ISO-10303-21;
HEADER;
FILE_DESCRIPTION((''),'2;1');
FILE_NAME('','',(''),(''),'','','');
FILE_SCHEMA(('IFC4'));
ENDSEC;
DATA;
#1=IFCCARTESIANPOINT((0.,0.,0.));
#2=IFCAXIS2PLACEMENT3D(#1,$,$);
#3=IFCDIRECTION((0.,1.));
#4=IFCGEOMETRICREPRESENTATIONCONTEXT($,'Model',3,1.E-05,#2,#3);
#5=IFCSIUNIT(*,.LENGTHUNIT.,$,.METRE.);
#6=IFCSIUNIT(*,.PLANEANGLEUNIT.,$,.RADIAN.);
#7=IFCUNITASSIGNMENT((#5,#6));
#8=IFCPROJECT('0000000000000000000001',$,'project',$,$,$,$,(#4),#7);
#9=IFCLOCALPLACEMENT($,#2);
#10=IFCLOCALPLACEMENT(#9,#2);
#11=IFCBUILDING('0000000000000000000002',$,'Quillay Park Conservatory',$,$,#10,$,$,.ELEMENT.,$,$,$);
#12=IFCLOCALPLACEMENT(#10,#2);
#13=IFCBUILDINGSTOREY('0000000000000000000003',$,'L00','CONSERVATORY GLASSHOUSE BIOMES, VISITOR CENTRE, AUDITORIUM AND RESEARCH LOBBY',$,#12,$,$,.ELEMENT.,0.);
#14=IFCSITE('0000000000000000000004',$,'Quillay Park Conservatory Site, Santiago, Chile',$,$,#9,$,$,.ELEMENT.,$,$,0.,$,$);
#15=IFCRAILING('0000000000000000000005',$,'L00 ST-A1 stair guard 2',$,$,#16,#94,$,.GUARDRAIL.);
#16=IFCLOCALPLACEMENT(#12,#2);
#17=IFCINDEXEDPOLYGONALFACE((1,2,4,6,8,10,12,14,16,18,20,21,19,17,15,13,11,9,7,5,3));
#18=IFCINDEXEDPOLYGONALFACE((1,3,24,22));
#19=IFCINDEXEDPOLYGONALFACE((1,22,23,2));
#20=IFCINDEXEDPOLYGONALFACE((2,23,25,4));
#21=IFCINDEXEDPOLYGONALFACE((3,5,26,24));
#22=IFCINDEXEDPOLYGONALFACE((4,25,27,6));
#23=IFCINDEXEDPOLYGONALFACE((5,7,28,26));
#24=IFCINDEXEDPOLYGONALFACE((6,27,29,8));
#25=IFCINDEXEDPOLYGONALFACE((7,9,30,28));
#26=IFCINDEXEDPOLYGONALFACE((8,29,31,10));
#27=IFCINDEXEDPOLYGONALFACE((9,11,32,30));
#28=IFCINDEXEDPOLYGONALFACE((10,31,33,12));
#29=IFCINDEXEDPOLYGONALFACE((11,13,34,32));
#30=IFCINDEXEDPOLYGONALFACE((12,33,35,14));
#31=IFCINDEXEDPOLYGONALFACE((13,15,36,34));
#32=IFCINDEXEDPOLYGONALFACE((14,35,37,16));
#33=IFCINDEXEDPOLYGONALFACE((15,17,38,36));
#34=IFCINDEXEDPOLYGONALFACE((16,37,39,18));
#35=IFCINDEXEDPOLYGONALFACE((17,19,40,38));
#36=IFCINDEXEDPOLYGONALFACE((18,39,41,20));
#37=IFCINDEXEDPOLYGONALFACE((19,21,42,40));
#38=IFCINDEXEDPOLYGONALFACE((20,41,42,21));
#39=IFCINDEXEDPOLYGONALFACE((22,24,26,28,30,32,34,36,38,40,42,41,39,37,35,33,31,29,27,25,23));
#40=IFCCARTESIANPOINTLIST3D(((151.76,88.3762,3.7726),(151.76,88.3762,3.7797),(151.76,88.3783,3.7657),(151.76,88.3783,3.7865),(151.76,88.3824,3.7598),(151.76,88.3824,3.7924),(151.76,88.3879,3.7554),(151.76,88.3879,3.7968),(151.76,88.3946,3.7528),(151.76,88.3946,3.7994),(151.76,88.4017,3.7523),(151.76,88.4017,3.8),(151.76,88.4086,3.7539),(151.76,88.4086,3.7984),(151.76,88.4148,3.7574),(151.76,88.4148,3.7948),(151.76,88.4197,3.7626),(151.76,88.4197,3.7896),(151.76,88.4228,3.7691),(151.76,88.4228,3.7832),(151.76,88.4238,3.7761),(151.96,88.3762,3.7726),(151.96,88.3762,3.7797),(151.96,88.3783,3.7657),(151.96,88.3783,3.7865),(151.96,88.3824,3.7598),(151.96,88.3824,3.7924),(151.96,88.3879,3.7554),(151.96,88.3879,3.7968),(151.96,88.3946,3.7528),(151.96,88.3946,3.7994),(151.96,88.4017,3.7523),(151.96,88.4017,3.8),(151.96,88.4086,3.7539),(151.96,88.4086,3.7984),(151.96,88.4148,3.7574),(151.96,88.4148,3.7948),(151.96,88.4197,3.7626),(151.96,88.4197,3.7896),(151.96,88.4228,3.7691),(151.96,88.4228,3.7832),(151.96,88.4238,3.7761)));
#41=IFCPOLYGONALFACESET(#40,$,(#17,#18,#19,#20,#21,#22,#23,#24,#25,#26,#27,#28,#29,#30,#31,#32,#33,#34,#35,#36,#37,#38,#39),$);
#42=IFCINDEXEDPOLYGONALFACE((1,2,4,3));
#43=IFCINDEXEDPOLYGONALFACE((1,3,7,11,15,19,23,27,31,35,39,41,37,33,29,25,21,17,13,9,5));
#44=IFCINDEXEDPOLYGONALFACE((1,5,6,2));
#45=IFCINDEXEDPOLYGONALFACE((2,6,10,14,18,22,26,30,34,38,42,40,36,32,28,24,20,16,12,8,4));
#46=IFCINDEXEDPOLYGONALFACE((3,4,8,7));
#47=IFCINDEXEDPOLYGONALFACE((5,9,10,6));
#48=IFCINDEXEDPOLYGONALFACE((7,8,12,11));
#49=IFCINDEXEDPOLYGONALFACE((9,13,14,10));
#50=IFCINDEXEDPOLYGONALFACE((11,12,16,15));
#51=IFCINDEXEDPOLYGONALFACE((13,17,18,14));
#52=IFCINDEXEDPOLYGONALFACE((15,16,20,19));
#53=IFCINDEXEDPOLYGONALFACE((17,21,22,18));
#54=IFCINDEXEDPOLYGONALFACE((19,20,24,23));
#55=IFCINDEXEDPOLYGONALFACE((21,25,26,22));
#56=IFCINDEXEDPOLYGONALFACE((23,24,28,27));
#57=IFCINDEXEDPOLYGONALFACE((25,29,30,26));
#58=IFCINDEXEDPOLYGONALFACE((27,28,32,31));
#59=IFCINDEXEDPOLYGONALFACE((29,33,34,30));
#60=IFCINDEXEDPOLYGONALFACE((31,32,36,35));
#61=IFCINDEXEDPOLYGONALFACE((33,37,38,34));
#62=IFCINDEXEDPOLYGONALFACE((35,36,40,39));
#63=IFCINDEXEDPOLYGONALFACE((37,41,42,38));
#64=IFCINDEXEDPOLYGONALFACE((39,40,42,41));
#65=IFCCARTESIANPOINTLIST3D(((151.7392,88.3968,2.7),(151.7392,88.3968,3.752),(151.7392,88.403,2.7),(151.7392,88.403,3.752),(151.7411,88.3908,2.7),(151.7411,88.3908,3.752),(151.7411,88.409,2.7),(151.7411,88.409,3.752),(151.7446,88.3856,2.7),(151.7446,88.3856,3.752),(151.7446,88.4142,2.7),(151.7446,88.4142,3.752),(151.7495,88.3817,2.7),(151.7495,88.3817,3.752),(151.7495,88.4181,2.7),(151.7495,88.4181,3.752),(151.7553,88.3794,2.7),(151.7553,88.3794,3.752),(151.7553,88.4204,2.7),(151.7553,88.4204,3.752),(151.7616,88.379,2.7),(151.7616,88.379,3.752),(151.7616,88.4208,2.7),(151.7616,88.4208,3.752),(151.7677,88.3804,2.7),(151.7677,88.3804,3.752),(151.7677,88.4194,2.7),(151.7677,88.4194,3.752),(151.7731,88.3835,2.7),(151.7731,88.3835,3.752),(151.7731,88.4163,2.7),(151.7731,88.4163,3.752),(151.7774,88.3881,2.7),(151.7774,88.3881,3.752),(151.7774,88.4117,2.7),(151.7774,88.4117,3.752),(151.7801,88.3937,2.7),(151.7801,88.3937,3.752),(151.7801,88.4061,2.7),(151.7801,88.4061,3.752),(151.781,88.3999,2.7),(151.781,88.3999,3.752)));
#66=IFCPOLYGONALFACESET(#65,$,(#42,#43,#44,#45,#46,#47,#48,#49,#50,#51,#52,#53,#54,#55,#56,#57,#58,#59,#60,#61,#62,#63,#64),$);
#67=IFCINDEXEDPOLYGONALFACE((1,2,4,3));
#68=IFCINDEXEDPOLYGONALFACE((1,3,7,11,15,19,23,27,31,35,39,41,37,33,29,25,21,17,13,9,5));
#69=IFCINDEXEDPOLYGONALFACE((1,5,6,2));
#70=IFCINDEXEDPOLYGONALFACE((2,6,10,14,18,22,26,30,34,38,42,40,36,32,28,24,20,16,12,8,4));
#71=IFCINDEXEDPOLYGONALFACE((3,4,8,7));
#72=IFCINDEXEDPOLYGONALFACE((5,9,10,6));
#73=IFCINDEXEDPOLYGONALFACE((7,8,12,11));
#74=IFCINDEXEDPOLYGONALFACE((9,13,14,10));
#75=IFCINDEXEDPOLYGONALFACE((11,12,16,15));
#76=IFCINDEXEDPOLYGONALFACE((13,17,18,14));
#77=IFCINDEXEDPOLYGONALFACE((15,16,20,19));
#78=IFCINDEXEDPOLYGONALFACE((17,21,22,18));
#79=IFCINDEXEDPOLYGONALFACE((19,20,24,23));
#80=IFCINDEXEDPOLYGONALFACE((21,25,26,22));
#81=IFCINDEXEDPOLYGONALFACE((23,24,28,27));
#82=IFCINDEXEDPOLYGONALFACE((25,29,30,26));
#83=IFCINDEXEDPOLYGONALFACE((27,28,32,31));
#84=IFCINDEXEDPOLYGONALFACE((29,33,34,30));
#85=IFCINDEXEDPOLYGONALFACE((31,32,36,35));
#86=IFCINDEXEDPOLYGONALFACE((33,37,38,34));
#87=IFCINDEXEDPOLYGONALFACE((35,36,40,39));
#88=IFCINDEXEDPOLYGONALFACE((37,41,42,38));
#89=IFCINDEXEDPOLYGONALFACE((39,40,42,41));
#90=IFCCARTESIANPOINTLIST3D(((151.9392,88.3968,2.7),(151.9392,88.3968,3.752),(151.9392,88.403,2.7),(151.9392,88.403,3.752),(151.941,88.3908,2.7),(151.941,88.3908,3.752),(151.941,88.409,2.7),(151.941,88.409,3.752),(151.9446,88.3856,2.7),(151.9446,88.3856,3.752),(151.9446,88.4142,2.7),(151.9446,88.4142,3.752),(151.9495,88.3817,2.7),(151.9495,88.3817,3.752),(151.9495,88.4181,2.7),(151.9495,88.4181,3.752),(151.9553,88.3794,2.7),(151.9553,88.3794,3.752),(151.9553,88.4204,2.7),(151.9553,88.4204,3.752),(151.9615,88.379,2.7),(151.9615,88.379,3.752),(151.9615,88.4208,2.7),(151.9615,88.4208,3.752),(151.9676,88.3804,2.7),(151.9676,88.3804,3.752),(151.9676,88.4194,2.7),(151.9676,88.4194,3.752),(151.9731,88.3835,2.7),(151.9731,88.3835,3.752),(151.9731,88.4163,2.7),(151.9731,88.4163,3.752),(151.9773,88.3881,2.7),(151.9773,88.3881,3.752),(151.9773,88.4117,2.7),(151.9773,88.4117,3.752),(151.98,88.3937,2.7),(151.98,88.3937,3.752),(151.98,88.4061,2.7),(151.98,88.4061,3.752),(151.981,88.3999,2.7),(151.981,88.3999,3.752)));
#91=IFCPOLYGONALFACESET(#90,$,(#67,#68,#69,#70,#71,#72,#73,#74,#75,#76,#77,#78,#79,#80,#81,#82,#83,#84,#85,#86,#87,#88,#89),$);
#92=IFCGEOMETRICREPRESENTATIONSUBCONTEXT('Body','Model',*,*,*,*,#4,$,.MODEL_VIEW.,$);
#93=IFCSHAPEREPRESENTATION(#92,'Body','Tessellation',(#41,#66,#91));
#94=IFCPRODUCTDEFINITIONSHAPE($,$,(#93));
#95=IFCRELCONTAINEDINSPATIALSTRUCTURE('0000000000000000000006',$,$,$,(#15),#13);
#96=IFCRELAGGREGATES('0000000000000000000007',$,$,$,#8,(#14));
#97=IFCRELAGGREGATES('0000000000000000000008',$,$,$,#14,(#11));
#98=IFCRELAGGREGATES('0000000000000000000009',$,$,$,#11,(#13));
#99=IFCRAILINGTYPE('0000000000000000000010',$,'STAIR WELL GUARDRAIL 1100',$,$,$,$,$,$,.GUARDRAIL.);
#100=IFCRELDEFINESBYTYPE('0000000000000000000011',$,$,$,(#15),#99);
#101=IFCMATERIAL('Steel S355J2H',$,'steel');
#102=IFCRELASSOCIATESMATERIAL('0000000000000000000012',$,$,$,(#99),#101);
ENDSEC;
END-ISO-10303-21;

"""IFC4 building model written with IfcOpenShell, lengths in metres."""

from ifc_helpers import new_model, si_unit, direction, frame, origin, origin_2d, place, context, subcontext, project, spatial, circle, extrude, material, type_object, element, save


model = new_model("IFC4")

# Units and contexts
model_context = context("Model", 3, precision=1e-05, world=origin(), true_north=direction((0.0, 1.0)))
body_context = subcontext(model_context, "Body", "Model", "MODEL_VIEW")
ifc_project = project(units=[si_unit("LENGTHUNIT", "METRE"), si_unit("PLANEANGLEUNIT", "RADIAN")], contexts=[model_context])

# Site, building, storey
site_placement = place(None, origin())
site = spatial("IfcSite", under=ifc_project, at=site_placement, Name="Quillay Park Conservatory Site, Santiago, Chile", CompositionType="ELEMENT", RefElevation=0.0)
building_placement = place(site_placement, origin())
building = spatial("IfcBuilding", under=site, at=building_placement, Name="Quillay Park Conservatory", CompositionType="ELEMENT")
storey_placement = place(building_placement, origin())
storey = spatial("IfcBuildingStorey", under=building, at=storey_placement, Name="L00", Description="CONSERVATORY GLASSHOUSE BIOMES, VISITOR CENTRE, AUDITORIUM AND RESEARCH LOBBY", CompositionType="ELEMENT", Elevation=0.0)

# Railing
ifc_material_1 = material(Name="Steel S355J2H", Category="steel")
railing_type_1 = type_object("IfcRailingType", Name="STAIR WELL GUARDRAIL 1100", PredefinedType="GUARDRAIL", material=ifc_material_1)
railing_1_placement = place(storey_placement, frame((151.76, 88.3999, 2.7)))
element("IfcRailing", 1, at=railing_1_placement, inside=storey, type_object=railing_type_1, Name="L00 ST-A1 stair guard 2", PredefinedType="GUARDRAIL", context=body_context, shape_type="SweptSolid", body=[
    extrude(circle(Radius=0.0239, at=origin_2d()), frame((0.0, 0.0, 1.0762), z_axis=(1.0, 0.0, 0.0), x_axis=(0.0, 1.0, 0.0)), (0.0, 0.0, 1.0), 0.2),
    extrude(circle(Radius=0.021, at=origin_2d()), origin(), (0.0, 0.0, 1.0), 1.052),
    extrude(circle(Radius=0.021, at=origin_2d()), frame((0.2, 0.0, 0.0)), (0.0, 0.0, 1.0), 1.052),
])

save(model, "model.ifc")
